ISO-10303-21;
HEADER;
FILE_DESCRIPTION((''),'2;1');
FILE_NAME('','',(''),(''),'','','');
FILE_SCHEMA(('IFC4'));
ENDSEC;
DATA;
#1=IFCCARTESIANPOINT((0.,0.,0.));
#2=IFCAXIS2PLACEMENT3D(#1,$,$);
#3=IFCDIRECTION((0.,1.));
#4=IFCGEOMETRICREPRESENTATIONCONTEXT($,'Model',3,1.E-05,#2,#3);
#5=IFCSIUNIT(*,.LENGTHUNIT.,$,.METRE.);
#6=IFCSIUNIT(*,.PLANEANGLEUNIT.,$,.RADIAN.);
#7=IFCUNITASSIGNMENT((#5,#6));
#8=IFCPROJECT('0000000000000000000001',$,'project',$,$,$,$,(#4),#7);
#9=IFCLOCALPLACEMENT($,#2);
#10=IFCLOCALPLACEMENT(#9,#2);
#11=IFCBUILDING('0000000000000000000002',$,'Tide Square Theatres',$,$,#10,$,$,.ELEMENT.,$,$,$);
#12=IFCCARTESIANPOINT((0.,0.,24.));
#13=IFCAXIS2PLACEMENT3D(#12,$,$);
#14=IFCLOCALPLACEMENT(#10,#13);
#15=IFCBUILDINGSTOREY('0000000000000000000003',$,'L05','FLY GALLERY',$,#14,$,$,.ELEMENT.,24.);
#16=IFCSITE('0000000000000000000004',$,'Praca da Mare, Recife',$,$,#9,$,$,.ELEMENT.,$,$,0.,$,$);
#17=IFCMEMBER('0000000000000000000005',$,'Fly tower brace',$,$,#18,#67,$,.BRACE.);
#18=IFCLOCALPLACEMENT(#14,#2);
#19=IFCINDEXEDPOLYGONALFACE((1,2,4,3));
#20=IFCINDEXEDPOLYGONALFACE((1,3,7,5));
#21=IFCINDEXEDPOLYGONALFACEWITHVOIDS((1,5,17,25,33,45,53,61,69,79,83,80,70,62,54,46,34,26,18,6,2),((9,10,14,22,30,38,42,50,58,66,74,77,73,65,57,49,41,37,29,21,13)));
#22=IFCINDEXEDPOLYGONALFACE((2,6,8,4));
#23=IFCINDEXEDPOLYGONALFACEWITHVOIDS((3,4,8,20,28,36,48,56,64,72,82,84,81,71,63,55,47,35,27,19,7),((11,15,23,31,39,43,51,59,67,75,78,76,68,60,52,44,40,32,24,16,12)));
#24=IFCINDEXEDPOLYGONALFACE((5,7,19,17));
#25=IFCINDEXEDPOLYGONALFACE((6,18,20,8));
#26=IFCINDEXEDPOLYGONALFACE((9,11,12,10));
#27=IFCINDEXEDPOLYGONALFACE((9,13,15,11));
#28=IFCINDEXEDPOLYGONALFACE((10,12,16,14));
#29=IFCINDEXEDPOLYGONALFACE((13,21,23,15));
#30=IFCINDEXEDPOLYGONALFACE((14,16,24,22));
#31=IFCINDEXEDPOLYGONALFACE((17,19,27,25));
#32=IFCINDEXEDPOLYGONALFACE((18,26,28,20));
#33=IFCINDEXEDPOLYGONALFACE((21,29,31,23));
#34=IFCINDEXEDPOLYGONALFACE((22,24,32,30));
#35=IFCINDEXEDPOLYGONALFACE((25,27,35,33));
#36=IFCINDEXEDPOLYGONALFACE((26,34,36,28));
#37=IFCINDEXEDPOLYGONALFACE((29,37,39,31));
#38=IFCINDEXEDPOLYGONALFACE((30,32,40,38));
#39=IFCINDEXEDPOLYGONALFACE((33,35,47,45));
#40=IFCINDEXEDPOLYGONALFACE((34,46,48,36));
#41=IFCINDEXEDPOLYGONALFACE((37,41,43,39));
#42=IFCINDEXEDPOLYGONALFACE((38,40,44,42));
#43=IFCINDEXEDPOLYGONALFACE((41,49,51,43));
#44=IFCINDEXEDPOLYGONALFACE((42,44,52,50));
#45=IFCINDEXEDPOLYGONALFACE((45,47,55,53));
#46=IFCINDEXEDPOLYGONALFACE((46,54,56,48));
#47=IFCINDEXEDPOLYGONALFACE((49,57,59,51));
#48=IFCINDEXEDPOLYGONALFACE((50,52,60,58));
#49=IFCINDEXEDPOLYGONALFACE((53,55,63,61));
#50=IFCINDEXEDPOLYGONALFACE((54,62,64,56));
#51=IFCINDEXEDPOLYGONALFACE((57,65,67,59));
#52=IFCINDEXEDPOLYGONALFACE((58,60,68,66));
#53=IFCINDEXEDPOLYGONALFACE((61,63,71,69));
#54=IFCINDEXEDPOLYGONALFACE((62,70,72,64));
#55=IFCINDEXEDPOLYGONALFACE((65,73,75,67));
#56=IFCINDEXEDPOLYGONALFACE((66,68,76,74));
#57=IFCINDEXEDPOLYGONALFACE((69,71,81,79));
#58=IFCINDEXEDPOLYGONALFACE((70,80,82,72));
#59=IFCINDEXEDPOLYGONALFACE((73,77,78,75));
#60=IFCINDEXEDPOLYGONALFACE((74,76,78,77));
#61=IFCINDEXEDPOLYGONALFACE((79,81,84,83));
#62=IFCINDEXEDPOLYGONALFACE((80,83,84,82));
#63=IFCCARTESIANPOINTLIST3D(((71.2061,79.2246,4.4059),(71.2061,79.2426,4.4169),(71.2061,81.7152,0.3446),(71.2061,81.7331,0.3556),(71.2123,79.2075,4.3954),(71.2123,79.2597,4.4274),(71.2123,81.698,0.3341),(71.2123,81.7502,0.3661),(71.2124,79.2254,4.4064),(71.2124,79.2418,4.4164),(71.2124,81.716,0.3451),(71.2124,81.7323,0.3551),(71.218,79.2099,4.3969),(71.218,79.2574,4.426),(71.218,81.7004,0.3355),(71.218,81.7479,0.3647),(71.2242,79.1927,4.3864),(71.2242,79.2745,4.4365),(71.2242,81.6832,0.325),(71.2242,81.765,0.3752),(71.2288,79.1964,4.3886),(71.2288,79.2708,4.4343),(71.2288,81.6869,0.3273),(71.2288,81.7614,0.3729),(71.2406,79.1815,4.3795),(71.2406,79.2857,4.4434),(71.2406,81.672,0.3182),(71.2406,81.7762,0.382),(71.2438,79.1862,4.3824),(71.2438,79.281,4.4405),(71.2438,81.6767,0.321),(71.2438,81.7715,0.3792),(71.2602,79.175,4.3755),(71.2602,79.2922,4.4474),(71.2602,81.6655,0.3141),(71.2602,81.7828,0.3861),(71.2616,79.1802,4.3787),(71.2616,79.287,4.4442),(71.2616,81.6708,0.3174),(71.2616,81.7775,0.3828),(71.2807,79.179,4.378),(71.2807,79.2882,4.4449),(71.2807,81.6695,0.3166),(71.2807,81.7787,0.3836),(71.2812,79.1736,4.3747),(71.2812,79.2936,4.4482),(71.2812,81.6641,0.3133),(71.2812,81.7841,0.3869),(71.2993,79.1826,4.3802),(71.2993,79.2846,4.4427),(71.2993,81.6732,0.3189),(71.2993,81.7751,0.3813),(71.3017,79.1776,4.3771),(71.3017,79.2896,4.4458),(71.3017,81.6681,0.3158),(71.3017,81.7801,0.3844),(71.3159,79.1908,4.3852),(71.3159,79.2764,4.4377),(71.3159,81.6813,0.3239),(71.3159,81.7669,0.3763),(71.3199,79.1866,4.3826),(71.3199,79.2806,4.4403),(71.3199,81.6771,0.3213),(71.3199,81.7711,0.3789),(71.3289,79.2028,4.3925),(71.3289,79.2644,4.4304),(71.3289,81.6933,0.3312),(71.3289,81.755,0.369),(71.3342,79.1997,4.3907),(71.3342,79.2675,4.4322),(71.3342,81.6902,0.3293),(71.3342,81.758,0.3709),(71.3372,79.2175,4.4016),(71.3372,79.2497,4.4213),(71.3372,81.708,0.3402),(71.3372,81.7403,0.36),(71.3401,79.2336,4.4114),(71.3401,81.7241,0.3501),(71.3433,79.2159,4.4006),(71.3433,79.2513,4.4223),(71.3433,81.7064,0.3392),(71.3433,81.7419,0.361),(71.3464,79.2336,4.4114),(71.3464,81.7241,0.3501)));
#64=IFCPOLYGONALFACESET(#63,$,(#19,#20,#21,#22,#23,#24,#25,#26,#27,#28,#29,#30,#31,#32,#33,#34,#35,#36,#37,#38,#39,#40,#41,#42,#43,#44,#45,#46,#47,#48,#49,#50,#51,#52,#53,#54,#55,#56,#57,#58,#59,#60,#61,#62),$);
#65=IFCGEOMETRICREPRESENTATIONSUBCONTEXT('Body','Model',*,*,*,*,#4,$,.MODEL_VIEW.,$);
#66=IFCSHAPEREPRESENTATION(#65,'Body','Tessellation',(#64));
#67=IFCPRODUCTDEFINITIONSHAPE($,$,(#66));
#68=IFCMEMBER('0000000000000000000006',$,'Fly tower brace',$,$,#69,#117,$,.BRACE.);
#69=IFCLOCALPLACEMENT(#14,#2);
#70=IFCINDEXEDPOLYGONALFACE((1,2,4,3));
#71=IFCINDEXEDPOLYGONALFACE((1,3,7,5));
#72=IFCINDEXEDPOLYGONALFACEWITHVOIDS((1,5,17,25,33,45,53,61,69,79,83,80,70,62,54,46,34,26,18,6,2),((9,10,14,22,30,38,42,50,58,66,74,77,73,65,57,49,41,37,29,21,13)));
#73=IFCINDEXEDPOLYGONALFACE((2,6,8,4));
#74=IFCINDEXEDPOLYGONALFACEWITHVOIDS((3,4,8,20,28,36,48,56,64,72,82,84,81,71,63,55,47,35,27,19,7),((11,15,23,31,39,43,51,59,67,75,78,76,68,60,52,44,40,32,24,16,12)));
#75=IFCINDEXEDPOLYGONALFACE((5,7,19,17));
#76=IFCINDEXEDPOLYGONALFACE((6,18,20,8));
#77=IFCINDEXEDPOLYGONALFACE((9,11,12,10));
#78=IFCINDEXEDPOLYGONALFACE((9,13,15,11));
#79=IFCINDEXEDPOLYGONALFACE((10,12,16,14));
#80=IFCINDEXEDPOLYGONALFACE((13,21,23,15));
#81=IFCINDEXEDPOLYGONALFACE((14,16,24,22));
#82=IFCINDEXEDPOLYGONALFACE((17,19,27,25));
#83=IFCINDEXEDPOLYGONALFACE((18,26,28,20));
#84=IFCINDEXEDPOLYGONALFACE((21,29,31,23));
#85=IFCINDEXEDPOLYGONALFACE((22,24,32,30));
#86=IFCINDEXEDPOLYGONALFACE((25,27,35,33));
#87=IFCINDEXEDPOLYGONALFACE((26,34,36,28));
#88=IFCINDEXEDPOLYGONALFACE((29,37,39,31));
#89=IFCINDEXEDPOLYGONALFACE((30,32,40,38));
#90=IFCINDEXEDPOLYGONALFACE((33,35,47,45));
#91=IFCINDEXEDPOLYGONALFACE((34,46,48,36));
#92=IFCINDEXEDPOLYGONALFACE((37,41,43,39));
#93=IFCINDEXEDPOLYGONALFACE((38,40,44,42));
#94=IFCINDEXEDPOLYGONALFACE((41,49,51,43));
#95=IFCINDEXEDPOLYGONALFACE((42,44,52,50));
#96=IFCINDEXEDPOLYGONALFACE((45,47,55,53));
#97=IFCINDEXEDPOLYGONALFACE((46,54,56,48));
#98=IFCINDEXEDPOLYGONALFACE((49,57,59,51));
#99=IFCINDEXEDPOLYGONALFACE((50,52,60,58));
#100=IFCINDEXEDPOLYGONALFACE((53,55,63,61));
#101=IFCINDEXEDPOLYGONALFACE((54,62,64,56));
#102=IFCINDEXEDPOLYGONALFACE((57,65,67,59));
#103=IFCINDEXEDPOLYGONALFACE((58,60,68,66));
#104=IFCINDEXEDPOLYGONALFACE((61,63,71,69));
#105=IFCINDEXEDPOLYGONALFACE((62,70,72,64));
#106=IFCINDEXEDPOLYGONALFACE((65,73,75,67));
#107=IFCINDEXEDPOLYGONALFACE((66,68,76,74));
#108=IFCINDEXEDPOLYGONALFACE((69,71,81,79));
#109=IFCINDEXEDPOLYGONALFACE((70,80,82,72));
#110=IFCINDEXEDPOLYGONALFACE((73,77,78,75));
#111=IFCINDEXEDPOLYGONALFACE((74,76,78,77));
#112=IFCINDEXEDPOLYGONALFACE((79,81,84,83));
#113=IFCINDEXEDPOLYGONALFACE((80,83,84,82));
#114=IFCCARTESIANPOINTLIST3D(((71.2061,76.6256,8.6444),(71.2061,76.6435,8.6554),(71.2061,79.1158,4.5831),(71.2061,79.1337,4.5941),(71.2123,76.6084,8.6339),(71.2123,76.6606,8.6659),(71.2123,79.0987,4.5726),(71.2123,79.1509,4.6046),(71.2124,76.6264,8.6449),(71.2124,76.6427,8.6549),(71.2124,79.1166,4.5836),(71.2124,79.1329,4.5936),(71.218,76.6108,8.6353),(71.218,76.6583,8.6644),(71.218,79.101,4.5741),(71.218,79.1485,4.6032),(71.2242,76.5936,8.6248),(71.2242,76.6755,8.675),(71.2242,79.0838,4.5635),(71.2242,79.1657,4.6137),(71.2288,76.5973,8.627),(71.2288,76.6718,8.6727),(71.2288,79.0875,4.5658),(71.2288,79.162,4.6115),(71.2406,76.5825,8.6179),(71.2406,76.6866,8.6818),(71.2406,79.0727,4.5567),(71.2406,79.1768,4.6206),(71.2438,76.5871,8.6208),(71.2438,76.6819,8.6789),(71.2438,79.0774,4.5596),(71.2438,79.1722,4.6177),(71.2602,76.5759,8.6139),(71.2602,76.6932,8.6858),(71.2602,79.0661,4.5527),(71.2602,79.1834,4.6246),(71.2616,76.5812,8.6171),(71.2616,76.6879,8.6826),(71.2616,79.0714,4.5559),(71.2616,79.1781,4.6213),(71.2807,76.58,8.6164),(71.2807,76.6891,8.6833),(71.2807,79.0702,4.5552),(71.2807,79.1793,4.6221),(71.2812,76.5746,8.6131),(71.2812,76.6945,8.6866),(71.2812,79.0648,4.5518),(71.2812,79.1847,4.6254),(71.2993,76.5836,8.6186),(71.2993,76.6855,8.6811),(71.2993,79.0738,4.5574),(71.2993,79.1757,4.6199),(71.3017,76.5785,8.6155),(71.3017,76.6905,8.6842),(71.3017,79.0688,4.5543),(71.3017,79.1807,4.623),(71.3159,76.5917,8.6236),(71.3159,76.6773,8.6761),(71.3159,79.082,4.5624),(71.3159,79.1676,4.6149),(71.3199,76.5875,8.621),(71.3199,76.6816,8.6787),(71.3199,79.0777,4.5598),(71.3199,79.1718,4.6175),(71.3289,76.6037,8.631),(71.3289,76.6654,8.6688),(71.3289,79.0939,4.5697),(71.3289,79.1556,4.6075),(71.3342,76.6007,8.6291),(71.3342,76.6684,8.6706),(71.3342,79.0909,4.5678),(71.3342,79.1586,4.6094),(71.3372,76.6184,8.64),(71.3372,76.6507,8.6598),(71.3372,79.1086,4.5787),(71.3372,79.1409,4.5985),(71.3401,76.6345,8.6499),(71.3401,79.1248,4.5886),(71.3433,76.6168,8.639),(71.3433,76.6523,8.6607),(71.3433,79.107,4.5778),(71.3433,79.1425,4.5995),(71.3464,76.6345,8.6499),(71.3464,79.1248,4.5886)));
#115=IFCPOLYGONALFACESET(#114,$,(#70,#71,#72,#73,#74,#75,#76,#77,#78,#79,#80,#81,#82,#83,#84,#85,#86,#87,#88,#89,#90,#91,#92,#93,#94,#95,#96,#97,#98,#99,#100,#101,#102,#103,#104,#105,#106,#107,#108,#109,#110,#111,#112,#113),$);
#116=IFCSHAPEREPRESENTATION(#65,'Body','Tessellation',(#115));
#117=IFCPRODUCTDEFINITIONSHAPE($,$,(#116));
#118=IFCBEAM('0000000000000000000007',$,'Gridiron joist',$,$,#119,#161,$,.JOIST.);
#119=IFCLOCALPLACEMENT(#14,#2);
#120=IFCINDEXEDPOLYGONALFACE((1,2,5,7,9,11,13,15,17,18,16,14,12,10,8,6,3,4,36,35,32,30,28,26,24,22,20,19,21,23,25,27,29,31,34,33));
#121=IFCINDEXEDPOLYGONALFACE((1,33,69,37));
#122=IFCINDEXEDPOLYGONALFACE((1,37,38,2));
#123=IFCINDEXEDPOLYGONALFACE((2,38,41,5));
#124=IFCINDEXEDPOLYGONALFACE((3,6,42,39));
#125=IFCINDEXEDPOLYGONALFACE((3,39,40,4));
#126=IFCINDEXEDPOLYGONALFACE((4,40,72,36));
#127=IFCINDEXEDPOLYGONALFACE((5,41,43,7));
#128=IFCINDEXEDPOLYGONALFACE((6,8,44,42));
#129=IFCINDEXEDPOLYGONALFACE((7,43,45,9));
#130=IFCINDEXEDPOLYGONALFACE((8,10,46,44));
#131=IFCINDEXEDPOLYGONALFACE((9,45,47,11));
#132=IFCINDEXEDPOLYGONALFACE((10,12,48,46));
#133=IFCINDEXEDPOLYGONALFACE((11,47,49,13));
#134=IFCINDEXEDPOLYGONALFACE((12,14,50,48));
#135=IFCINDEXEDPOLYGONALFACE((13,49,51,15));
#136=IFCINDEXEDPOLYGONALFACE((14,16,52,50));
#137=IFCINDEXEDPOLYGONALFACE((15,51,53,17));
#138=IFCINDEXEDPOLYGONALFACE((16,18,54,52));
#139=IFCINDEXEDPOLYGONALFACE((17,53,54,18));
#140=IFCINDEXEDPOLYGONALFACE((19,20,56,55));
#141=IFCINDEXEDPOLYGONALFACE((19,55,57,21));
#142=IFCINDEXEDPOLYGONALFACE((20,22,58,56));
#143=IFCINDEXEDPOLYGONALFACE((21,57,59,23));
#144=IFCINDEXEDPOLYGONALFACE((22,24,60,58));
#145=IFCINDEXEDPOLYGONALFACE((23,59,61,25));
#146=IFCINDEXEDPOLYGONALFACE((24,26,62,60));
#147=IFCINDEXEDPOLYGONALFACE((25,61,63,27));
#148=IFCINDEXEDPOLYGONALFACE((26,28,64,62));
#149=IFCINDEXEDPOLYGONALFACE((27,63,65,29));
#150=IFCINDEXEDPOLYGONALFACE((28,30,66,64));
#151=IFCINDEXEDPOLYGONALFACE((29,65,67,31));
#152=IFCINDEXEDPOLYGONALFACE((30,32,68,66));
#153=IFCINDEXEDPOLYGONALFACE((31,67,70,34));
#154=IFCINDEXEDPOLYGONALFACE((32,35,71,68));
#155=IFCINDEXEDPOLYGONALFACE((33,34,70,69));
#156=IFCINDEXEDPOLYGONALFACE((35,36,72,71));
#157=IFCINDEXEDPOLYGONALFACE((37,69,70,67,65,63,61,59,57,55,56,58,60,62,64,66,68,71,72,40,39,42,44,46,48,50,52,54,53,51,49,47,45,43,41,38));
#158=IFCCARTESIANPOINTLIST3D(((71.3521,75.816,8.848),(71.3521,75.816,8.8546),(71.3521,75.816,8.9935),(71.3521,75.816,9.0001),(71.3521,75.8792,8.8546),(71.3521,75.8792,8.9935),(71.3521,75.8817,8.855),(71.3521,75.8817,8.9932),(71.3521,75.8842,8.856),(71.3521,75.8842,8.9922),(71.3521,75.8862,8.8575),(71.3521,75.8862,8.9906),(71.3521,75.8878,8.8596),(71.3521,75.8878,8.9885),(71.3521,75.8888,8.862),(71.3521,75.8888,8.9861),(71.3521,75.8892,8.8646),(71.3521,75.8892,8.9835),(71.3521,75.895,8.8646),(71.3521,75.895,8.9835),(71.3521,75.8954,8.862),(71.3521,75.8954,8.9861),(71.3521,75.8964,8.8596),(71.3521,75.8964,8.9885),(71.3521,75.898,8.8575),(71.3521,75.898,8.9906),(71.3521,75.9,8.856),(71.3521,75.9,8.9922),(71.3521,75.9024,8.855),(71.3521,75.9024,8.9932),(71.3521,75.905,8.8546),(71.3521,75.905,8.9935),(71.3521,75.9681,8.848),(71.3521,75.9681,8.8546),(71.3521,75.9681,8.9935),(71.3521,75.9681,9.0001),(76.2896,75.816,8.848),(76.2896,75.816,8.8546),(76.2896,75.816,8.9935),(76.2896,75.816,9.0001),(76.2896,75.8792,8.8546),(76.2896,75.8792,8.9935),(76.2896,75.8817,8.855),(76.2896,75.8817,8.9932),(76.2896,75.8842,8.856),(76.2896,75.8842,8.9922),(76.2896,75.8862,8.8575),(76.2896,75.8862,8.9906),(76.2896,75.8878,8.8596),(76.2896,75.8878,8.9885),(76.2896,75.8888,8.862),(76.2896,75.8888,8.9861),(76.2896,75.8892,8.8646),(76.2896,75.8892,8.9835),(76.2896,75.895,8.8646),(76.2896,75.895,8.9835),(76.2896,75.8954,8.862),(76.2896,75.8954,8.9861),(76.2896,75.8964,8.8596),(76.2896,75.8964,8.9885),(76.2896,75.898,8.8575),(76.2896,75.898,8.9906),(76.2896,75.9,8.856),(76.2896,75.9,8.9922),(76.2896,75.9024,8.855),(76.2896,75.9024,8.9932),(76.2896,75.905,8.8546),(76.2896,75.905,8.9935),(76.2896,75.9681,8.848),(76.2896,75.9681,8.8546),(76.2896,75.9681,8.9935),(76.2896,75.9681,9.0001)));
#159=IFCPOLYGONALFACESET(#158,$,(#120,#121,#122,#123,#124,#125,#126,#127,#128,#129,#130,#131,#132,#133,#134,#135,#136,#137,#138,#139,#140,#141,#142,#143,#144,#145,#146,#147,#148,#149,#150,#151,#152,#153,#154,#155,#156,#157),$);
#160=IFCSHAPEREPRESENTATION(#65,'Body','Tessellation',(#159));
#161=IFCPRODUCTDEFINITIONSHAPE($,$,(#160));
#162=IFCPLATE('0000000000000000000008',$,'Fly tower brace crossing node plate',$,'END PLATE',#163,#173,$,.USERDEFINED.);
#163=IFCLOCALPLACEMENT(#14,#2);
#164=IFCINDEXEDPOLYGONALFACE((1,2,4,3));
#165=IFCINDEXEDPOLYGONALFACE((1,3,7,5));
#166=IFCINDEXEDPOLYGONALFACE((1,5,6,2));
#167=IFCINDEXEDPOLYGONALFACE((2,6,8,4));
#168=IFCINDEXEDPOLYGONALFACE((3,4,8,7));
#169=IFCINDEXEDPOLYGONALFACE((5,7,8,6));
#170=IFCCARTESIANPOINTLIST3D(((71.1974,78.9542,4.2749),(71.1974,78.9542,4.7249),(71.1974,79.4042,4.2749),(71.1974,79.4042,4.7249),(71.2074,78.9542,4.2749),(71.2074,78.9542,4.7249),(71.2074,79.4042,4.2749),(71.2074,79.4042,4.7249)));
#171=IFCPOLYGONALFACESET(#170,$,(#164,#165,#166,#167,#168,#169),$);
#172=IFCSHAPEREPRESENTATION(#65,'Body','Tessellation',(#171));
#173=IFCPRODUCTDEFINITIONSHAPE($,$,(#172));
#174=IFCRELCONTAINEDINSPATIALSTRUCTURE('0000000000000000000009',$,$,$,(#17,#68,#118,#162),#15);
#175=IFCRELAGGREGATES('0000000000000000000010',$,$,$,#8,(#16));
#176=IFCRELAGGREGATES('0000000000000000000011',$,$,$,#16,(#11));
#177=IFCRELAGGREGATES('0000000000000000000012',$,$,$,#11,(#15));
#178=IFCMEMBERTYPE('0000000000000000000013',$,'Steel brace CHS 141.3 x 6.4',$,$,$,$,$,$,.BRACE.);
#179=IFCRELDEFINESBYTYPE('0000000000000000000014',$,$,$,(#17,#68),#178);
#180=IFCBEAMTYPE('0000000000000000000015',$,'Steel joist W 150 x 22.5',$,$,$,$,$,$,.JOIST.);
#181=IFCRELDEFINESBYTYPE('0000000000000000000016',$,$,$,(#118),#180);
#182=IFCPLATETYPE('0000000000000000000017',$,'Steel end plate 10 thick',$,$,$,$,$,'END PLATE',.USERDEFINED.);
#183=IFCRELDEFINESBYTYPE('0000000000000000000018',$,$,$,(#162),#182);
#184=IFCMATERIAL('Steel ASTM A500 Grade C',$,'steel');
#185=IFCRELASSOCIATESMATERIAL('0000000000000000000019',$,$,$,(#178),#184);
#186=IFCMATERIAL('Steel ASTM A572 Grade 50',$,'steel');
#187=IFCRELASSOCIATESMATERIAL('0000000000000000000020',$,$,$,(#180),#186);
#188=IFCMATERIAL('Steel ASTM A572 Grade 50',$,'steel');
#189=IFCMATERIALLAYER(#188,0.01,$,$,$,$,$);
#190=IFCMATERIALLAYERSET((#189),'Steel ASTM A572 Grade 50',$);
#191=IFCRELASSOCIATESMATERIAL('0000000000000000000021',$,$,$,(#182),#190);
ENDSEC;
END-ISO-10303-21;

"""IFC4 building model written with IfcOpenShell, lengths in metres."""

from ifc_helpers import new_model, si_unit, direction, frame, origin, origin_2d, place, context, subcontext, project, spatial, rectangle, hollow_circle, i_section, extrude, material, layer, layer_set, material_profile, profile_set, type_object, element, save


model = new_model("IFC4")

# Units and contexts
model_context = context("Model", 3, precision=1e-05, world=origin(), true_north=direction((0.0, 1.0)))
body_context = subcontext(model_context, "Body", "Model", "MODEL_VIEW")
ifc_project = project(units=[si_unit("LENGTHUNIT", "METRE"), si_unit("PLANEANGLEUNIT", "RADIAN")], contexts=[model_context])

# Site, building, storey
site_placement = place(None, origin())
site = spatial("IfcSite", under=ifc_project, at=site_placement, Name="Praca da Mare, Recife", CompositionType="ELEMENT", RefElevation=0.0)
building_placement = place(site_placement, origin())
building = spatial("IfcBuilding", under=site, at=building_placement, Name="Tide Square Theatres", CompositionType="ELEMENT")
storey_placement = place(building_placement, frame((0.0, 0.0, 24.0)))
storey = spatial("IfcBuildingStorey", under=building, at=storey_placement, Name="L05", Description="FLY GALLERY", CompositionType="ELEMENT", Elevation=24.0)

# Members
ifc_material_1 = material(Name="Steel ASTM A500 Grade C", Category="steel")
ifc_material_profile_1 = material_profile(ifc_material_1, hollow_circle(Radius=0.0706, WallThickness=0.0063, at=origin_2d()))
ifc_profile_set_1 = profile_set([ifc_material_profile_1], Name="Steel ASTM A500 Grade C")
member_type = type_object("IfcMemberType", Name="Steel brace CHS 141.3 x 6.4", PredefinedType="BRACE", material=ifc_profile_set_1)
member_1_placement = place(storey_placement, frame((71.2759, 81.7241, 0.3501), z_axis=(0.0, -0.522762, 0.852479), x_axis=(1.0, 0.0, 0.0)))
element("IfcMember", 1, at=member_1_placement, inside=storey, type_object=member_type, Name="Fly tower brace", PredefinedType="BRACE", context=body_context, shape_type="SweptSolid", body=[
    extrude(hollow_circle(Radius=0.0706, WallThickness=0.0063, at=origin_2d()), origin(), (0.0, 0.0, 1.0), 4.7642),
])
member_2_placement = place(storey_placement, frame((71.2759, 79.1248, 4.5886), z_axis=(0.0, -0.522724, 0.852502), x_axis=(1.0, 0.0, 0.0)))
element("IfcMember", 2, at=member_2_placement, inside=storey, type_object=member_type, Name="Fly tower brace", PredefinedType="BRACE", context=body_context, shape_type="SweptSolid", body=[
    extrude(hollow_circle(Radius=0.0706, WallThickness=0.0063, at=origin_2d()), origin(), (0.0, 0.0, 1.0), 4.7639),
])

# Beam
ifc_material_2 = material(Name="Steel ASTM A572 Grade 50", Category="steel")
ifc_material_profile_2 = material_profile(ifc_material_2, i_section(OverallWidth=0.1521, OverallDepth=0.1521, WebThickness=0.0059, FlangeThickness=0.0066, FilletRadius=0.01, at=origin_2d()))
ifc_profile_set_2 = profile_set([ifc_material_profile_2], Name="Steel ASTM A572 Grade 50")
beam_type_1 = type_object("IfcBeamType", Name="Steel joist W 150 x 22.5", PredefinedType="JOIST", material=ifc_profile_set_2)
beam_1_placement = place(storey_placement, frame((71.3521, 75.8921, 8.9241), z_axis=(1.0, 0.0, 0.0), x_axis=(0.0, 1.0, 0.0)))
element("IfcBeam", 3, at=beam_1_placement, inside=storey, type_object=beam_type_1, Name="Gridiron joist", PredefinedType="JOIST", context=body_context, shape_type="SweptSolid", body=[
    extrude(i_section(OverallWidth=0.1521, OverallDepth=0.1521, WebThickness=0.0059, FlangeThickness=0.0066, FilletRadius=0.01, at=origin_2d()), origin(), (0.0, 0.0, 1.0), 4.9375),
])

# Plate
ifc_material_3 = material(Name="Steel ASTM A572 Grade 50", Category="steel")
ifc_layer_1 = layer(ifc_material_3, 0.01)
ifc_layer_set_1 = layer_set([ifc_layer_1], Name="Steel ASTM A572 Grade 50")
plate_type = type_object("IfcPlateType", Name="Steel end plate 10 thick", ElementType="END PLATE", PredefinedType="USERDEFINED", material=ifc_layer_set_1)
plate_placement = place(storey_placement, frame((71.2024, 79.1792, 4.2749), z_axis=(0.0, 0.0, 1.0), x_axis=(-1.0, 0.0, 0.0)))
element("IfcPlate", 4, at=plate_placement, inside=storey, type_object=plate_type, Name="Fly tower brace crossing node plate", ObjectType="END PLATE", PredefinedType="USERDEFINED", context=body_context, shape_type="SweptSolid", body=[
    extrude(rectangle(XDim=0.01, YDim=0.45, at=origin_2d()), origin(), (0.0, 0.0, 1.0), 0.45),
])

save(model, "model.ifc")
